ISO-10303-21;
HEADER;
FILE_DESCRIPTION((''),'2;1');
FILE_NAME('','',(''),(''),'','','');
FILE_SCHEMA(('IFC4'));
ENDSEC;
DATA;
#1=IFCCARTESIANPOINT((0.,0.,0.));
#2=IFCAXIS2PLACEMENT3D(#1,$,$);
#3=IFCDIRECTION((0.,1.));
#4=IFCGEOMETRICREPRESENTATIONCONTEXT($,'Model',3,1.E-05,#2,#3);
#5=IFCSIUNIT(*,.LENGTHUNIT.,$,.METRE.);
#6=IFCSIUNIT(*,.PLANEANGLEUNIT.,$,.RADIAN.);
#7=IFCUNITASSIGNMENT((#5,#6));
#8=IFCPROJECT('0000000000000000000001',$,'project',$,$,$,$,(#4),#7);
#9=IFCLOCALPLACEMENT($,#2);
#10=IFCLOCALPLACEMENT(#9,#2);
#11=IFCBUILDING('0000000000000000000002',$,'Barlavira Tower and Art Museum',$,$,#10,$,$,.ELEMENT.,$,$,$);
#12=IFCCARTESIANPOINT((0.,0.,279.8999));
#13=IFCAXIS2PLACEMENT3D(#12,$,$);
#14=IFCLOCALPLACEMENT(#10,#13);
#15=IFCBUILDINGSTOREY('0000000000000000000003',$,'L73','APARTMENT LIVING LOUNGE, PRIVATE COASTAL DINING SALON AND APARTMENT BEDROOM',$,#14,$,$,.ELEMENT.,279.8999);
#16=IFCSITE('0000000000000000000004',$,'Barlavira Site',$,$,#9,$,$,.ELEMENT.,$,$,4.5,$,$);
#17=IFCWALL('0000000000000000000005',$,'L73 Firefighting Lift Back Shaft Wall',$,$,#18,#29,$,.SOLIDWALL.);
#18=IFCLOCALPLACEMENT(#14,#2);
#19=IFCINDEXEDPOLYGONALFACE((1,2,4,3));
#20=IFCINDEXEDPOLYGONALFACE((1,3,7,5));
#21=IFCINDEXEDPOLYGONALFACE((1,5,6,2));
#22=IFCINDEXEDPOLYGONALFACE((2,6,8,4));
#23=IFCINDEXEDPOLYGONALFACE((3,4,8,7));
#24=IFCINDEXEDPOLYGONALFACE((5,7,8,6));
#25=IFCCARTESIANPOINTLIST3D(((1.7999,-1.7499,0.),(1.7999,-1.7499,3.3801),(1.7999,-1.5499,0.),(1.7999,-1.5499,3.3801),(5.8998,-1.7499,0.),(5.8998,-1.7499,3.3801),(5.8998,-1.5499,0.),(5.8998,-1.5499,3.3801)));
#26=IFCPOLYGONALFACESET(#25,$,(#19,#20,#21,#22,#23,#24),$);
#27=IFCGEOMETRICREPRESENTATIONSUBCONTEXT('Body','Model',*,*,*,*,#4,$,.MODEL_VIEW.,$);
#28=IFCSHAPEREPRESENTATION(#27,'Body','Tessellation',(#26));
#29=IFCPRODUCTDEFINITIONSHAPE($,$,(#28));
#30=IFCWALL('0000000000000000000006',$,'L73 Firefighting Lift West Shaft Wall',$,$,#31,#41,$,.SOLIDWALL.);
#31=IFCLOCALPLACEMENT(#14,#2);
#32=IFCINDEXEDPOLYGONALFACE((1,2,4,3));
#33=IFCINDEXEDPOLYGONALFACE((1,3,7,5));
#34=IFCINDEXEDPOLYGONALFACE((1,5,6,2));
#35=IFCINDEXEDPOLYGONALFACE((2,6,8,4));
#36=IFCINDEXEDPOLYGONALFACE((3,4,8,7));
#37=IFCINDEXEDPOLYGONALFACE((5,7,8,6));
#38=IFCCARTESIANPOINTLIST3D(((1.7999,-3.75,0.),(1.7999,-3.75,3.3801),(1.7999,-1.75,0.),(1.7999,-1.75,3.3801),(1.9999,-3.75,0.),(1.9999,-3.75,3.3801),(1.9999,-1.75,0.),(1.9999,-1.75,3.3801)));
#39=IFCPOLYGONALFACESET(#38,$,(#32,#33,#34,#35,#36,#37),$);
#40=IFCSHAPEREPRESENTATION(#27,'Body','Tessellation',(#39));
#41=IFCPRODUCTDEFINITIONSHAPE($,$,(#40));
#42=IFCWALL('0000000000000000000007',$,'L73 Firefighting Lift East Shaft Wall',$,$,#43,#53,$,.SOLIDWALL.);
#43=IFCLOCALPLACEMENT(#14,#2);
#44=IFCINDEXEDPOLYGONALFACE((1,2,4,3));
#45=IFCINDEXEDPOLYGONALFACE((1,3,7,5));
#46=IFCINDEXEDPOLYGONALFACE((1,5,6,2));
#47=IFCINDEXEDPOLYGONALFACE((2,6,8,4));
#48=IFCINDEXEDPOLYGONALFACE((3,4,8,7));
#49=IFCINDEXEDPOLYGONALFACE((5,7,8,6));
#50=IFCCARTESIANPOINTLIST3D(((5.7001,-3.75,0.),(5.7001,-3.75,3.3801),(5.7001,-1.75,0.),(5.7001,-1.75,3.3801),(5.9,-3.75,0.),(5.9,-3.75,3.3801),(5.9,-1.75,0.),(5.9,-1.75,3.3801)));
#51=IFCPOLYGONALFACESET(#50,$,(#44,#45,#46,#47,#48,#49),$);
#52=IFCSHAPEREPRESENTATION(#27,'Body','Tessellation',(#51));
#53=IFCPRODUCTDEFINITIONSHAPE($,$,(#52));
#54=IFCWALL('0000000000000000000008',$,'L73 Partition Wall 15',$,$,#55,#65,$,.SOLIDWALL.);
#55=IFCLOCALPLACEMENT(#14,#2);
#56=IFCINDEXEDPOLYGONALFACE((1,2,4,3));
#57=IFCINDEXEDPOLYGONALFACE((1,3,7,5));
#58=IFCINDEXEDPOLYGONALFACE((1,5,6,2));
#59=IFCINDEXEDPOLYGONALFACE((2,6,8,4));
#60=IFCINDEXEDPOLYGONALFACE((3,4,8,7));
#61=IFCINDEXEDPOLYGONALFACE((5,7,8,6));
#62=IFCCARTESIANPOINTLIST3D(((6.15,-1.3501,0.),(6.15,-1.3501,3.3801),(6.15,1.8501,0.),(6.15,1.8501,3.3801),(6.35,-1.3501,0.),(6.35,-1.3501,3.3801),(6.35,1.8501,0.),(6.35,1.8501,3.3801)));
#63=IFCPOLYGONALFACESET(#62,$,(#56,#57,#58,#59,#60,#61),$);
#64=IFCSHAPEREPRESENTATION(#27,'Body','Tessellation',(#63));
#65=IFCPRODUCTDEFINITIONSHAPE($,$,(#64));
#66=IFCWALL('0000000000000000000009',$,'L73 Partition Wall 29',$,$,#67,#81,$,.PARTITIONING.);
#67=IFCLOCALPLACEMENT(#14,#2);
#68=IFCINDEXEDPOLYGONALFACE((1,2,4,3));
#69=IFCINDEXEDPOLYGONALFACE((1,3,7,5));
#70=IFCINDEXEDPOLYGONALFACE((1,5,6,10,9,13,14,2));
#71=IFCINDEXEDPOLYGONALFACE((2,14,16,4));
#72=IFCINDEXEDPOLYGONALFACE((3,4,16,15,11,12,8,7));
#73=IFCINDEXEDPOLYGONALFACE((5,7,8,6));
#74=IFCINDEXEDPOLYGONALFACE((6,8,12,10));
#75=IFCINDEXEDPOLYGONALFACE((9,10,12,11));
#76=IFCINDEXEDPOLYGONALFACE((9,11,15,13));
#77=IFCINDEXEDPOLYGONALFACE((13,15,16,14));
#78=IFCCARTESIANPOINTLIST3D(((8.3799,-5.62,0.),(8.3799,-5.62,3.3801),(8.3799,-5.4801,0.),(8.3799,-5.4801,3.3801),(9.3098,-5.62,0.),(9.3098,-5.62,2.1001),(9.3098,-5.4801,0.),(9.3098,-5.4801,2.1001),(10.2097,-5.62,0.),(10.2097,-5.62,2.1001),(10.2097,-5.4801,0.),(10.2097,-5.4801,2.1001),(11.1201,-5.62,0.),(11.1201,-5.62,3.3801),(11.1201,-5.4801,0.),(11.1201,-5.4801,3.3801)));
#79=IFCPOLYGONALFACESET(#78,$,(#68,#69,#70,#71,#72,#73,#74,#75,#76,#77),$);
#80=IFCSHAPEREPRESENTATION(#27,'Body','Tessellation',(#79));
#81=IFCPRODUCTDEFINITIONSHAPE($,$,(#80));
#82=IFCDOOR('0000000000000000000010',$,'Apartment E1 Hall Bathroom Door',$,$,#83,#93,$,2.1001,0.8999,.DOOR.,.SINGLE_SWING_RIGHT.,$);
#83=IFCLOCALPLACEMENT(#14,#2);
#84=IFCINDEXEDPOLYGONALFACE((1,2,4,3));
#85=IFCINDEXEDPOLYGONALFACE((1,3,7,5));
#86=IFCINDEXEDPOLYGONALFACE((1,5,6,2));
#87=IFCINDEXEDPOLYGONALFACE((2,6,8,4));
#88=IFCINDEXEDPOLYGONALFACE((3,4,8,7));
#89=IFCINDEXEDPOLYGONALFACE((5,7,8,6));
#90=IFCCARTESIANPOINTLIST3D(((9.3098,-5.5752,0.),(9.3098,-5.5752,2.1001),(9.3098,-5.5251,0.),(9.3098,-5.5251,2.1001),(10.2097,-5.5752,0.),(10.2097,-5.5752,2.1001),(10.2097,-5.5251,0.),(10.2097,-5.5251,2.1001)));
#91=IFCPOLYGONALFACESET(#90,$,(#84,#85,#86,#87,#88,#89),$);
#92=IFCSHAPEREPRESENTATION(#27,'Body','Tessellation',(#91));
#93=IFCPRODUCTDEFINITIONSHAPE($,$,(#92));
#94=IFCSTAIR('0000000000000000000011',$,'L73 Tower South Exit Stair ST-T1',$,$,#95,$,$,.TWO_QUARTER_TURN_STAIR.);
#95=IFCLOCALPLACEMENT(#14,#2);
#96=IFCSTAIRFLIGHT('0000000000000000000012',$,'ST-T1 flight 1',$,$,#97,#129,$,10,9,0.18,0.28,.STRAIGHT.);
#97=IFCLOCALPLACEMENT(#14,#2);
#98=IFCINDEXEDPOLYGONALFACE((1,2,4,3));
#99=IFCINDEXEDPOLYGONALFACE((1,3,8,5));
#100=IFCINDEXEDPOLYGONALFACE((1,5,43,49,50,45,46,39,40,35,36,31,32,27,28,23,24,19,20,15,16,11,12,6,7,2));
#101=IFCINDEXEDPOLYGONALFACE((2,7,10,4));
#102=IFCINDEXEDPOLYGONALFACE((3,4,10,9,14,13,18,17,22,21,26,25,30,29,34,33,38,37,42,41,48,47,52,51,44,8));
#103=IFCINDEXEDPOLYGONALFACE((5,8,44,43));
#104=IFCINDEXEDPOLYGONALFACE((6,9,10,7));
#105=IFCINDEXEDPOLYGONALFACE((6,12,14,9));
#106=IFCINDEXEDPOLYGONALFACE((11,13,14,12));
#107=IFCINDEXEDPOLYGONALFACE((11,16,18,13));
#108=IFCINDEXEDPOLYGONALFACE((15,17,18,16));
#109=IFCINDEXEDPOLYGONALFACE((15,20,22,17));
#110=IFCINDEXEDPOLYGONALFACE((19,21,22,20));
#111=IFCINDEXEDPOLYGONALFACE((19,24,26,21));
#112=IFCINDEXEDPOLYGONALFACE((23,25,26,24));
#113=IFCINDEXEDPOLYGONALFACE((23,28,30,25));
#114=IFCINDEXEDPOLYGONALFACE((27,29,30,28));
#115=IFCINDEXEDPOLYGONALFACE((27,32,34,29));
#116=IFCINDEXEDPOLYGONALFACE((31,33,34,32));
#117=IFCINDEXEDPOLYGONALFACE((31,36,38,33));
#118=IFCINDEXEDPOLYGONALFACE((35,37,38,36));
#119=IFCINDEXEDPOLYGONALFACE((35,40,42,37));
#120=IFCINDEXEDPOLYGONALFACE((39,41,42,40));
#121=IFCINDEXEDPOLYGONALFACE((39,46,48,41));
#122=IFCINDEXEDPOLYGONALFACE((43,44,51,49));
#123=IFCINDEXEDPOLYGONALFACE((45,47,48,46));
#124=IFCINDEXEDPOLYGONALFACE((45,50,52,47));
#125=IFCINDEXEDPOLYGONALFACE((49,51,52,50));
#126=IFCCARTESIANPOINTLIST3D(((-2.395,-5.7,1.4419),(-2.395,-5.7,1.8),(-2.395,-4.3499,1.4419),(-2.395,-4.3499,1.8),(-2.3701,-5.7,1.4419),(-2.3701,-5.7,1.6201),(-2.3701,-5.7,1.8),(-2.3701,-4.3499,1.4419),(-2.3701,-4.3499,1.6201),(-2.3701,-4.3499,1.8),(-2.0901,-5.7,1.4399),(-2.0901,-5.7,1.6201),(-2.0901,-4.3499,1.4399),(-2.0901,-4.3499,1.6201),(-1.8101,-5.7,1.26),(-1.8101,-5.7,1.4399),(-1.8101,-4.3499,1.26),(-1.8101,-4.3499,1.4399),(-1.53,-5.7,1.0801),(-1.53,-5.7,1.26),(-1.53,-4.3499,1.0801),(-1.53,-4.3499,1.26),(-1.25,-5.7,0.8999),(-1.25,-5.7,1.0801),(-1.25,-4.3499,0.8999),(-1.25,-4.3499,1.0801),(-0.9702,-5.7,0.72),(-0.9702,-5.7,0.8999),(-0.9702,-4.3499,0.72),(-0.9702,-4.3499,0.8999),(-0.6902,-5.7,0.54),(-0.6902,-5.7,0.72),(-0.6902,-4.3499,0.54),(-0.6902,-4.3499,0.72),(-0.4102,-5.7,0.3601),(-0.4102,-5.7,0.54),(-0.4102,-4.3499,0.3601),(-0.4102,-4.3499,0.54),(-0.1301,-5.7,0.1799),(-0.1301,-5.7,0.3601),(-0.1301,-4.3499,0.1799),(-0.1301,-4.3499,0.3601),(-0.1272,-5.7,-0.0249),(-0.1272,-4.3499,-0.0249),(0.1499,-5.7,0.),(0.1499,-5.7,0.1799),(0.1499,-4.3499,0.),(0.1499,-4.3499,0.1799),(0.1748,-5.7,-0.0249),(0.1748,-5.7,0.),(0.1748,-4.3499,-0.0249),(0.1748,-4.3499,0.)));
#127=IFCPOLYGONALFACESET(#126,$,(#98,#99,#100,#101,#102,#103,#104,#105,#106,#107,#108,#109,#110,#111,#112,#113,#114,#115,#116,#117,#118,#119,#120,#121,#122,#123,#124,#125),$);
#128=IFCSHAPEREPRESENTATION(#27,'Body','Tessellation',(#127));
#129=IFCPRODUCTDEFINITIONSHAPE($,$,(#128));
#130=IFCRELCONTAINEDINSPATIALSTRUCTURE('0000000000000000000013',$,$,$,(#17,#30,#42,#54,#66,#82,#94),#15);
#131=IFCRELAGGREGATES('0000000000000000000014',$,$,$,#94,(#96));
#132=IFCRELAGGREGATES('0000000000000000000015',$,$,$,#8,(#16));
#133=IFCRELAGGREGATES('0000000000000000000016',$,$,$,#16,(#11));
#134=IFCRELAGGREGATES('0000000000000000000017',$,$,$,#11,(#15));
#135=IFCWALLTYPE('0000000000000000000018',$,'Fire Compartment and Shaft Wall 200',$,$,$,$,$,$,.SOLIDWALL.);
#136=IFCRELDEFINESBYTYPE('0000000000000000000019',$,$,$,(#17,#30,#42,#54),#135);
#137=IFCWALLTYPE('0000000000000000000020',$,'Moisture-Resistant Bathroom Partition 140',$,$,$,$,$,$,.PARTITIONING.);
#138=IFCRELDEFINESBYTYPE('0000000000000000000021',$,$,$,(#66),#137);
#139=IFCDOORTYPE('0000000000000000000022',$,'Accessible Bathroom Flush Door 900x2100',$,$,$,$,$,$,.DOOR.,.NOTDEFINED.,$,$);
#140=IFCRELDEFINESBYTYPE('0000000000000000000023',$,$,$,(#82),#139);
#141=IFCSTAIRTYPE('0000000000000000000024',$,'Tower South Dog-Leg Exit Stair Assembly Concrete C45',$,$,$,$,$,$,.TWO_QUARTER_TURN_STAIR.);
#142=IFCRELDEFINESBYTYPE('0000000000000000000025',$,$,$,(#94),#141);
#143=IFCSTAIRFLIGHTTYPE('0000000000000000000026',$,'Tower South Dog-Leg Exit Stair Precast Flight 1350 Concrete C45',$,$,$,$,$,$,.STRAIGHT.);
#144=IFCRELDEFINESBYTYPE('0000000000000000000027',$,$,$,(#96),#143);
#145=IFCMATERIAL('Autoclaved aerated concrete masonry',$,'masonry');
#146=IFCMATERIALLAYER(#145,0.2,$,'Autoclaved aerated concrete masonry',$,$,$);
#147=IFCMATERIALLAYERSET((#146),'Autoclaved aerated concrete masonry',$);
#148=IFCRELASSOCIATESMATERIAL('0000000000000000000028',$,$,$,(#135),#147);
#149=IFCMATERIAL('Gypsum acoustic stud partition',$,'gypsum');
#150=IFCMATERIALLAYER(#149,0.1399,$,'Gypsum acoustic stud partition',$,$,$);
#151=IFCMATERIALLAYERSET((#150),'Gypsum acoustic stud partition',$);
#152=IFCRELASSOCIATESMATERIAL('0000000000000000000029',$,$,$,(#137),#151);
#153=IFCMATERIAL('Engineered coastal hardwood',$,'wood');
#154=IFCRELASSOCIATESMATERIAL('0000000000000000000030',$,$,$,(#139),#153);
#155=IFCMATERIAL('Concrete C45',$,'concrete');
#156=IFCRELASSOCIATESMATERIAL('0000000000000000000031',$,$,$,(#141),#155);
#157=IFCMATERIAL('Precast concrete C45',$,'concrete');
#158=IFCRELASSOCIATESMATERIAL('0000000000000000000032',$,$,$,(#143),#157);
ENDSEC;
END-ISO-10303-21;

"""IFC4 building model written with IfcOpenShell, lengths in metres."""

from ifc_helpers import new_model, si_unit, direction, frame, frame_2d, origin, place, context, subcontext, project, spatial, polyline, rectangle, outline, extrude, material, layer, layer_set, type_object, element, fill, aggregate, save


model = new_model("IFC4")

# Units and contexts
model_context = context("Model", 3, precision=1e-05, world=origin(), true_north=direction((0.0, 1.0)))
body_context = subcontext(model_context, "Body", "Model", "MODEL_VIEW")
ifc_project = project(units=[si_unit("LENGTHUNIT", "METRE"), si_unit("PLANEANGLEUNIT", "RADIAN")], contexts=[model_context])

# Site, building, storey
site_placement = place(None, origin())
site = spatial("IfcSite", under=ifc_project, at=site_placement, Name="Barlavira Site", CompositionType="ELEMENT", RefElevation=4.5)
building_placement = place(site_placement, origin())
building = spatial("IfcBuilding", under=site, at=building_placement, Name="Barlavira Tower and Art Museum", CompositionType="ELEMENT")
storey_placement = place(building_placement, frame((0.0, 0.0, 279.8999)))
storey = spatial("IfcBuildingStorey", under=building, at=storey_placement, Name="L73", Description="APARTMENT LIVING LOUNGE, PRIVATE COASTAL DINING SALON AND APARTMENT BEDROOM", CompositionType="ELEMENT", Elevation=279.8999)

# Shared definitions
ifc_material_1 = material(Name="Concrete C45", Category="concrete")

# Shared definitions
ifc_material_2 = material(Name="Gypsum acoustic stud partition", Category="gypsum")
ifc_material_3 = material(Name="Engineered coastal hardwood", Category="wood")

# Shared definitions
ifc_material_4 = material(Name="Autoclaved aerated concrete masonry", Category="masonry")
ifc_layer_1 = layer(ifc_material_4, 0.2, Name="Autoclaved aerated concrete masonry")
ifc_layer_set_1 = layer_set([ifc_layer_1], Name="Autoclaved aerated concrete masonry")
wall_type_1 = type_object("IfcWallType", Name="Fire Compartment and Shaft Wall 200", PredefinedType="SOLIDWALL", material=ifc_layer_set_1)

# Walls
wall_1_placement = place(storey_placement, frame((1.8, -1.6499, 0.0), z_axis=(0.0, 0.0, 1.0), x_axis=(1.0, 0.0, 0.0)))
element("IfcWall", 1, at=wall_1_placement, inside=storey, type_object=wall_type_1, Name="L73 Firefighting Lift Back Shaft Wall", PredefinedType="SOLIDWALL", context=body_context, shape_type="SweptSolid", body=[
    extrude(rectangle(XDim=4.0999, YDim=0.2, at=frame_2d((2.0498, 0.0))), origin(), (0.0, 0.0, 1.0), 3.3801),
])
for number, where, z_axis, x_axis, name in (
    (2, (1.8999, -3.75, 0.0), (0.0, 0.0, 1.0), (0.0, 1.0, 0.0), "L73 Firefighting Lift West Shaft Wall"),
    (3, (5.8, -3.75, 0.0), (0.0, 0.0, 1.0), (0.0, 1.0, 0.0), "L73 Firefighting Lift East Shaft Wall"),
):
    element("IfcWall", number, at=place(storey_placement, frame(where, z_axis=z_axis, x_axis=x_axis)), inside=storey, type_object=wall_type_1, Name=name, PredefinedType="SOLIDWALL", context=body_context, shape_type="SweptSolid", body=[
        extrude(rectangle(XDim=2.0, YDim=0.2, at=frame_2d((1.0, 0.0))), origin(), (0.0, 0.0, 1.0), 3.3801),
    ])

# Wall
wall_2_placement = place(storey_placement, frame((6.25, -1.3501, 0.0), z_axis=(0.0, 0.0, 1.0), x_axis=(0.0, 1.0, 0.0)))
element("IfcWall", 4, at=wall_2_placement, inside=storey, type_object=wall_type_1, Name="L73 Partition Wall 15", PredefinedType="SOLIDWALL", context=body_context, shape_type="SweptSolid", body=[
    extrude(rectangle(XDim=3.2002, YDim=0.2, at=frame_2d((1.6001, 0.0))), origin(), (0.0, 0.0, 1.0), 3.3801),
])

# Wall, opening, door
ifc_layer_2 = layer(ifc_material_2, 0.1399, Name="Gypsum acoustic stud partition")
ifc_layer_set_2 = layer_set([ifc_layer_2], Name="Gypsum acoustic stud partition")
wall_type_2 = type_object("IfcWallType", Name="Moisture-Resistant Bathroom Partition 140", PredefinedType="PARTITIONING", material=ifc_layer_set_2)
wall_3_placement = place(storey_placement, frame((8.3799, -5.55, 0.0), z_axis=(0.0, 0.0, 1.0), x_axis=(1.0, 0.0, 0.0)))
wall_3 = element("IfcWall", 5, at=wall_3_placement, inside=storey, type_object=wall_type_2, Name="L73 Partition Wall 29", PredefinedType="PARTITIONING", context=body_context, shape_type="SweptSolid", body=[
    extrude(rectangle(XDim=2.7402, YDim=0.1399, at=frame_2d((1.3701, 0.0))), origin(), (0.0, 0.0, 1.0), 3.3801),
])
opening_1_placement = place(wall_3_placement, frame((0.9299, 0.0, 0.0)))
opening_1 = element("IfcOpeningElement", 6, at=opening_1_placement, cuts=wall_3, PredefinedType="OPENING", context=body_context, shape_type="SweptSolid", body=[
    extrude(rectangle(XDim=0.8999, YDim=2.1001, at=frame_2d((0.45, 1.05))), frame((0.0, 0.0801, 0.0), z_axis=(0.0, -1.0, 0.0), x_axis=(1.0, 0.0, 0.0)), (0.0, 0.0, 1.0), 0.1599),
])
door_type_1 = type_object("IfcDoorType", Name="Accessible Bathroom Flush Door 900x2100", OperationType="NOTDEFINED", PredefinedType="DOOR", material=ifc_material_3)
door_1_placement = place(opening_1_placement, origin())
door_1 = element("IfcDoor", 7, at=door_1_placement, inside=storey, type_object=door_type_1, Name="Apartment E1 Hall Bathroom Door", OperationType="SINGLE_SWING_RIGHT", OverallHeight=2.1001, OverallWidth=0.8999, PredefinedType="DOOR", context=body_context, shape_type="SweptSolid", body=[
    extrude(rectangle(XDim=0.8999, YDim=2.1001, at=frame_2d((0.45, 1.05))), frame((0.0, 0.0249, 0.0), z_axis=(0.0, -1.0, 0.0), x_axis=(1.0, 0.0, 0.0)), (0.0, 0.0, 1.0), 0.05),
])
fill(opening_1, door_1)

# Stair, stair flight
stair_type_1 = type_object("IfcStairType", Name="Tower South Dog-Leg Exit Stair Assembly Concrete C45", PredefinedType="TWO_QUARTER_TURN_STAIR", material=ifc_material_1)
stair_1_placement = place(storey_placement, origin())
stair_1 = element("IfcStair", 8, at=stair_1_placement, inside=storey, type_object=stair_type_1, Name="L73 Tower South Exit Stair ST-T1", PredefinedType="TWO_QUARTER_TURN_STAIR")
ifc_material_5 = material(Name="Precast concrete C45", Category="concrete")
stair_flight_type = type_object("IfcStairFlightType", Name="Tower South Dog-Leg Exit Stair Precast Flight 1350 Concrete C45", PredefinedType="STRAIGHT", material=ifc_material_5)
stair_flight_placement = place(storey_placement, frame((0.1499, -5.0249, 0.0), z_axis=(0.0, 0.0, 1.0), x_axis=(-1.0, 0.0, 0.0)))
stair_flight = element("IfcStairFlight", 9, at=stair_flight_placement, type_object=stair_flight_type, Name="ST-T1 flight 1", NumberOfRisers=10, NumberOfTreads=9, PredefinedType="STRAIGHT", RiserHeight=0.18, TreadLength=0.28, context=body_context, shape_type="SweptSolid", body=[
    extrude(outline(polyline([(-0.0249, 0.0), (0.0, 0.0), (0.0, 0.1799), (0.28, 0.1799), (0.28, 0.3601), (0.5601, 0.3601), (0.5601, 0.54), (0.8401, 0.54), (0.8401, 0.72), (1.1201, 0.72), (1.1201, 0.8999), (1.3999, 0.8999), (1.3999, 1.0801), (1.6799, 1.0801), (1.6799, 1.26), (1.96, 1.26), (1.96, 1.4399), (2.24, 1.4399), (2.24, 1.6201), (2.52, 1.6201), (2.52, 1.8), (2.5449, 1.8), (2.5449, 1.4419), (2.52, 1.4419), (0.2771, -0.0249), (-0.0249, -0.0249), (-0.0249, 0.0)])), frame((0.0, 0.675, 0.0), z_axis=(0.0, -1.0, 0.0), x_axis=(1.0, 0.0, 0.0)), (0.0, 0.0, 1.0), 1.3501),
])
aggregate(stair_1, [stair_flight])

save(model, "model.ifc")
